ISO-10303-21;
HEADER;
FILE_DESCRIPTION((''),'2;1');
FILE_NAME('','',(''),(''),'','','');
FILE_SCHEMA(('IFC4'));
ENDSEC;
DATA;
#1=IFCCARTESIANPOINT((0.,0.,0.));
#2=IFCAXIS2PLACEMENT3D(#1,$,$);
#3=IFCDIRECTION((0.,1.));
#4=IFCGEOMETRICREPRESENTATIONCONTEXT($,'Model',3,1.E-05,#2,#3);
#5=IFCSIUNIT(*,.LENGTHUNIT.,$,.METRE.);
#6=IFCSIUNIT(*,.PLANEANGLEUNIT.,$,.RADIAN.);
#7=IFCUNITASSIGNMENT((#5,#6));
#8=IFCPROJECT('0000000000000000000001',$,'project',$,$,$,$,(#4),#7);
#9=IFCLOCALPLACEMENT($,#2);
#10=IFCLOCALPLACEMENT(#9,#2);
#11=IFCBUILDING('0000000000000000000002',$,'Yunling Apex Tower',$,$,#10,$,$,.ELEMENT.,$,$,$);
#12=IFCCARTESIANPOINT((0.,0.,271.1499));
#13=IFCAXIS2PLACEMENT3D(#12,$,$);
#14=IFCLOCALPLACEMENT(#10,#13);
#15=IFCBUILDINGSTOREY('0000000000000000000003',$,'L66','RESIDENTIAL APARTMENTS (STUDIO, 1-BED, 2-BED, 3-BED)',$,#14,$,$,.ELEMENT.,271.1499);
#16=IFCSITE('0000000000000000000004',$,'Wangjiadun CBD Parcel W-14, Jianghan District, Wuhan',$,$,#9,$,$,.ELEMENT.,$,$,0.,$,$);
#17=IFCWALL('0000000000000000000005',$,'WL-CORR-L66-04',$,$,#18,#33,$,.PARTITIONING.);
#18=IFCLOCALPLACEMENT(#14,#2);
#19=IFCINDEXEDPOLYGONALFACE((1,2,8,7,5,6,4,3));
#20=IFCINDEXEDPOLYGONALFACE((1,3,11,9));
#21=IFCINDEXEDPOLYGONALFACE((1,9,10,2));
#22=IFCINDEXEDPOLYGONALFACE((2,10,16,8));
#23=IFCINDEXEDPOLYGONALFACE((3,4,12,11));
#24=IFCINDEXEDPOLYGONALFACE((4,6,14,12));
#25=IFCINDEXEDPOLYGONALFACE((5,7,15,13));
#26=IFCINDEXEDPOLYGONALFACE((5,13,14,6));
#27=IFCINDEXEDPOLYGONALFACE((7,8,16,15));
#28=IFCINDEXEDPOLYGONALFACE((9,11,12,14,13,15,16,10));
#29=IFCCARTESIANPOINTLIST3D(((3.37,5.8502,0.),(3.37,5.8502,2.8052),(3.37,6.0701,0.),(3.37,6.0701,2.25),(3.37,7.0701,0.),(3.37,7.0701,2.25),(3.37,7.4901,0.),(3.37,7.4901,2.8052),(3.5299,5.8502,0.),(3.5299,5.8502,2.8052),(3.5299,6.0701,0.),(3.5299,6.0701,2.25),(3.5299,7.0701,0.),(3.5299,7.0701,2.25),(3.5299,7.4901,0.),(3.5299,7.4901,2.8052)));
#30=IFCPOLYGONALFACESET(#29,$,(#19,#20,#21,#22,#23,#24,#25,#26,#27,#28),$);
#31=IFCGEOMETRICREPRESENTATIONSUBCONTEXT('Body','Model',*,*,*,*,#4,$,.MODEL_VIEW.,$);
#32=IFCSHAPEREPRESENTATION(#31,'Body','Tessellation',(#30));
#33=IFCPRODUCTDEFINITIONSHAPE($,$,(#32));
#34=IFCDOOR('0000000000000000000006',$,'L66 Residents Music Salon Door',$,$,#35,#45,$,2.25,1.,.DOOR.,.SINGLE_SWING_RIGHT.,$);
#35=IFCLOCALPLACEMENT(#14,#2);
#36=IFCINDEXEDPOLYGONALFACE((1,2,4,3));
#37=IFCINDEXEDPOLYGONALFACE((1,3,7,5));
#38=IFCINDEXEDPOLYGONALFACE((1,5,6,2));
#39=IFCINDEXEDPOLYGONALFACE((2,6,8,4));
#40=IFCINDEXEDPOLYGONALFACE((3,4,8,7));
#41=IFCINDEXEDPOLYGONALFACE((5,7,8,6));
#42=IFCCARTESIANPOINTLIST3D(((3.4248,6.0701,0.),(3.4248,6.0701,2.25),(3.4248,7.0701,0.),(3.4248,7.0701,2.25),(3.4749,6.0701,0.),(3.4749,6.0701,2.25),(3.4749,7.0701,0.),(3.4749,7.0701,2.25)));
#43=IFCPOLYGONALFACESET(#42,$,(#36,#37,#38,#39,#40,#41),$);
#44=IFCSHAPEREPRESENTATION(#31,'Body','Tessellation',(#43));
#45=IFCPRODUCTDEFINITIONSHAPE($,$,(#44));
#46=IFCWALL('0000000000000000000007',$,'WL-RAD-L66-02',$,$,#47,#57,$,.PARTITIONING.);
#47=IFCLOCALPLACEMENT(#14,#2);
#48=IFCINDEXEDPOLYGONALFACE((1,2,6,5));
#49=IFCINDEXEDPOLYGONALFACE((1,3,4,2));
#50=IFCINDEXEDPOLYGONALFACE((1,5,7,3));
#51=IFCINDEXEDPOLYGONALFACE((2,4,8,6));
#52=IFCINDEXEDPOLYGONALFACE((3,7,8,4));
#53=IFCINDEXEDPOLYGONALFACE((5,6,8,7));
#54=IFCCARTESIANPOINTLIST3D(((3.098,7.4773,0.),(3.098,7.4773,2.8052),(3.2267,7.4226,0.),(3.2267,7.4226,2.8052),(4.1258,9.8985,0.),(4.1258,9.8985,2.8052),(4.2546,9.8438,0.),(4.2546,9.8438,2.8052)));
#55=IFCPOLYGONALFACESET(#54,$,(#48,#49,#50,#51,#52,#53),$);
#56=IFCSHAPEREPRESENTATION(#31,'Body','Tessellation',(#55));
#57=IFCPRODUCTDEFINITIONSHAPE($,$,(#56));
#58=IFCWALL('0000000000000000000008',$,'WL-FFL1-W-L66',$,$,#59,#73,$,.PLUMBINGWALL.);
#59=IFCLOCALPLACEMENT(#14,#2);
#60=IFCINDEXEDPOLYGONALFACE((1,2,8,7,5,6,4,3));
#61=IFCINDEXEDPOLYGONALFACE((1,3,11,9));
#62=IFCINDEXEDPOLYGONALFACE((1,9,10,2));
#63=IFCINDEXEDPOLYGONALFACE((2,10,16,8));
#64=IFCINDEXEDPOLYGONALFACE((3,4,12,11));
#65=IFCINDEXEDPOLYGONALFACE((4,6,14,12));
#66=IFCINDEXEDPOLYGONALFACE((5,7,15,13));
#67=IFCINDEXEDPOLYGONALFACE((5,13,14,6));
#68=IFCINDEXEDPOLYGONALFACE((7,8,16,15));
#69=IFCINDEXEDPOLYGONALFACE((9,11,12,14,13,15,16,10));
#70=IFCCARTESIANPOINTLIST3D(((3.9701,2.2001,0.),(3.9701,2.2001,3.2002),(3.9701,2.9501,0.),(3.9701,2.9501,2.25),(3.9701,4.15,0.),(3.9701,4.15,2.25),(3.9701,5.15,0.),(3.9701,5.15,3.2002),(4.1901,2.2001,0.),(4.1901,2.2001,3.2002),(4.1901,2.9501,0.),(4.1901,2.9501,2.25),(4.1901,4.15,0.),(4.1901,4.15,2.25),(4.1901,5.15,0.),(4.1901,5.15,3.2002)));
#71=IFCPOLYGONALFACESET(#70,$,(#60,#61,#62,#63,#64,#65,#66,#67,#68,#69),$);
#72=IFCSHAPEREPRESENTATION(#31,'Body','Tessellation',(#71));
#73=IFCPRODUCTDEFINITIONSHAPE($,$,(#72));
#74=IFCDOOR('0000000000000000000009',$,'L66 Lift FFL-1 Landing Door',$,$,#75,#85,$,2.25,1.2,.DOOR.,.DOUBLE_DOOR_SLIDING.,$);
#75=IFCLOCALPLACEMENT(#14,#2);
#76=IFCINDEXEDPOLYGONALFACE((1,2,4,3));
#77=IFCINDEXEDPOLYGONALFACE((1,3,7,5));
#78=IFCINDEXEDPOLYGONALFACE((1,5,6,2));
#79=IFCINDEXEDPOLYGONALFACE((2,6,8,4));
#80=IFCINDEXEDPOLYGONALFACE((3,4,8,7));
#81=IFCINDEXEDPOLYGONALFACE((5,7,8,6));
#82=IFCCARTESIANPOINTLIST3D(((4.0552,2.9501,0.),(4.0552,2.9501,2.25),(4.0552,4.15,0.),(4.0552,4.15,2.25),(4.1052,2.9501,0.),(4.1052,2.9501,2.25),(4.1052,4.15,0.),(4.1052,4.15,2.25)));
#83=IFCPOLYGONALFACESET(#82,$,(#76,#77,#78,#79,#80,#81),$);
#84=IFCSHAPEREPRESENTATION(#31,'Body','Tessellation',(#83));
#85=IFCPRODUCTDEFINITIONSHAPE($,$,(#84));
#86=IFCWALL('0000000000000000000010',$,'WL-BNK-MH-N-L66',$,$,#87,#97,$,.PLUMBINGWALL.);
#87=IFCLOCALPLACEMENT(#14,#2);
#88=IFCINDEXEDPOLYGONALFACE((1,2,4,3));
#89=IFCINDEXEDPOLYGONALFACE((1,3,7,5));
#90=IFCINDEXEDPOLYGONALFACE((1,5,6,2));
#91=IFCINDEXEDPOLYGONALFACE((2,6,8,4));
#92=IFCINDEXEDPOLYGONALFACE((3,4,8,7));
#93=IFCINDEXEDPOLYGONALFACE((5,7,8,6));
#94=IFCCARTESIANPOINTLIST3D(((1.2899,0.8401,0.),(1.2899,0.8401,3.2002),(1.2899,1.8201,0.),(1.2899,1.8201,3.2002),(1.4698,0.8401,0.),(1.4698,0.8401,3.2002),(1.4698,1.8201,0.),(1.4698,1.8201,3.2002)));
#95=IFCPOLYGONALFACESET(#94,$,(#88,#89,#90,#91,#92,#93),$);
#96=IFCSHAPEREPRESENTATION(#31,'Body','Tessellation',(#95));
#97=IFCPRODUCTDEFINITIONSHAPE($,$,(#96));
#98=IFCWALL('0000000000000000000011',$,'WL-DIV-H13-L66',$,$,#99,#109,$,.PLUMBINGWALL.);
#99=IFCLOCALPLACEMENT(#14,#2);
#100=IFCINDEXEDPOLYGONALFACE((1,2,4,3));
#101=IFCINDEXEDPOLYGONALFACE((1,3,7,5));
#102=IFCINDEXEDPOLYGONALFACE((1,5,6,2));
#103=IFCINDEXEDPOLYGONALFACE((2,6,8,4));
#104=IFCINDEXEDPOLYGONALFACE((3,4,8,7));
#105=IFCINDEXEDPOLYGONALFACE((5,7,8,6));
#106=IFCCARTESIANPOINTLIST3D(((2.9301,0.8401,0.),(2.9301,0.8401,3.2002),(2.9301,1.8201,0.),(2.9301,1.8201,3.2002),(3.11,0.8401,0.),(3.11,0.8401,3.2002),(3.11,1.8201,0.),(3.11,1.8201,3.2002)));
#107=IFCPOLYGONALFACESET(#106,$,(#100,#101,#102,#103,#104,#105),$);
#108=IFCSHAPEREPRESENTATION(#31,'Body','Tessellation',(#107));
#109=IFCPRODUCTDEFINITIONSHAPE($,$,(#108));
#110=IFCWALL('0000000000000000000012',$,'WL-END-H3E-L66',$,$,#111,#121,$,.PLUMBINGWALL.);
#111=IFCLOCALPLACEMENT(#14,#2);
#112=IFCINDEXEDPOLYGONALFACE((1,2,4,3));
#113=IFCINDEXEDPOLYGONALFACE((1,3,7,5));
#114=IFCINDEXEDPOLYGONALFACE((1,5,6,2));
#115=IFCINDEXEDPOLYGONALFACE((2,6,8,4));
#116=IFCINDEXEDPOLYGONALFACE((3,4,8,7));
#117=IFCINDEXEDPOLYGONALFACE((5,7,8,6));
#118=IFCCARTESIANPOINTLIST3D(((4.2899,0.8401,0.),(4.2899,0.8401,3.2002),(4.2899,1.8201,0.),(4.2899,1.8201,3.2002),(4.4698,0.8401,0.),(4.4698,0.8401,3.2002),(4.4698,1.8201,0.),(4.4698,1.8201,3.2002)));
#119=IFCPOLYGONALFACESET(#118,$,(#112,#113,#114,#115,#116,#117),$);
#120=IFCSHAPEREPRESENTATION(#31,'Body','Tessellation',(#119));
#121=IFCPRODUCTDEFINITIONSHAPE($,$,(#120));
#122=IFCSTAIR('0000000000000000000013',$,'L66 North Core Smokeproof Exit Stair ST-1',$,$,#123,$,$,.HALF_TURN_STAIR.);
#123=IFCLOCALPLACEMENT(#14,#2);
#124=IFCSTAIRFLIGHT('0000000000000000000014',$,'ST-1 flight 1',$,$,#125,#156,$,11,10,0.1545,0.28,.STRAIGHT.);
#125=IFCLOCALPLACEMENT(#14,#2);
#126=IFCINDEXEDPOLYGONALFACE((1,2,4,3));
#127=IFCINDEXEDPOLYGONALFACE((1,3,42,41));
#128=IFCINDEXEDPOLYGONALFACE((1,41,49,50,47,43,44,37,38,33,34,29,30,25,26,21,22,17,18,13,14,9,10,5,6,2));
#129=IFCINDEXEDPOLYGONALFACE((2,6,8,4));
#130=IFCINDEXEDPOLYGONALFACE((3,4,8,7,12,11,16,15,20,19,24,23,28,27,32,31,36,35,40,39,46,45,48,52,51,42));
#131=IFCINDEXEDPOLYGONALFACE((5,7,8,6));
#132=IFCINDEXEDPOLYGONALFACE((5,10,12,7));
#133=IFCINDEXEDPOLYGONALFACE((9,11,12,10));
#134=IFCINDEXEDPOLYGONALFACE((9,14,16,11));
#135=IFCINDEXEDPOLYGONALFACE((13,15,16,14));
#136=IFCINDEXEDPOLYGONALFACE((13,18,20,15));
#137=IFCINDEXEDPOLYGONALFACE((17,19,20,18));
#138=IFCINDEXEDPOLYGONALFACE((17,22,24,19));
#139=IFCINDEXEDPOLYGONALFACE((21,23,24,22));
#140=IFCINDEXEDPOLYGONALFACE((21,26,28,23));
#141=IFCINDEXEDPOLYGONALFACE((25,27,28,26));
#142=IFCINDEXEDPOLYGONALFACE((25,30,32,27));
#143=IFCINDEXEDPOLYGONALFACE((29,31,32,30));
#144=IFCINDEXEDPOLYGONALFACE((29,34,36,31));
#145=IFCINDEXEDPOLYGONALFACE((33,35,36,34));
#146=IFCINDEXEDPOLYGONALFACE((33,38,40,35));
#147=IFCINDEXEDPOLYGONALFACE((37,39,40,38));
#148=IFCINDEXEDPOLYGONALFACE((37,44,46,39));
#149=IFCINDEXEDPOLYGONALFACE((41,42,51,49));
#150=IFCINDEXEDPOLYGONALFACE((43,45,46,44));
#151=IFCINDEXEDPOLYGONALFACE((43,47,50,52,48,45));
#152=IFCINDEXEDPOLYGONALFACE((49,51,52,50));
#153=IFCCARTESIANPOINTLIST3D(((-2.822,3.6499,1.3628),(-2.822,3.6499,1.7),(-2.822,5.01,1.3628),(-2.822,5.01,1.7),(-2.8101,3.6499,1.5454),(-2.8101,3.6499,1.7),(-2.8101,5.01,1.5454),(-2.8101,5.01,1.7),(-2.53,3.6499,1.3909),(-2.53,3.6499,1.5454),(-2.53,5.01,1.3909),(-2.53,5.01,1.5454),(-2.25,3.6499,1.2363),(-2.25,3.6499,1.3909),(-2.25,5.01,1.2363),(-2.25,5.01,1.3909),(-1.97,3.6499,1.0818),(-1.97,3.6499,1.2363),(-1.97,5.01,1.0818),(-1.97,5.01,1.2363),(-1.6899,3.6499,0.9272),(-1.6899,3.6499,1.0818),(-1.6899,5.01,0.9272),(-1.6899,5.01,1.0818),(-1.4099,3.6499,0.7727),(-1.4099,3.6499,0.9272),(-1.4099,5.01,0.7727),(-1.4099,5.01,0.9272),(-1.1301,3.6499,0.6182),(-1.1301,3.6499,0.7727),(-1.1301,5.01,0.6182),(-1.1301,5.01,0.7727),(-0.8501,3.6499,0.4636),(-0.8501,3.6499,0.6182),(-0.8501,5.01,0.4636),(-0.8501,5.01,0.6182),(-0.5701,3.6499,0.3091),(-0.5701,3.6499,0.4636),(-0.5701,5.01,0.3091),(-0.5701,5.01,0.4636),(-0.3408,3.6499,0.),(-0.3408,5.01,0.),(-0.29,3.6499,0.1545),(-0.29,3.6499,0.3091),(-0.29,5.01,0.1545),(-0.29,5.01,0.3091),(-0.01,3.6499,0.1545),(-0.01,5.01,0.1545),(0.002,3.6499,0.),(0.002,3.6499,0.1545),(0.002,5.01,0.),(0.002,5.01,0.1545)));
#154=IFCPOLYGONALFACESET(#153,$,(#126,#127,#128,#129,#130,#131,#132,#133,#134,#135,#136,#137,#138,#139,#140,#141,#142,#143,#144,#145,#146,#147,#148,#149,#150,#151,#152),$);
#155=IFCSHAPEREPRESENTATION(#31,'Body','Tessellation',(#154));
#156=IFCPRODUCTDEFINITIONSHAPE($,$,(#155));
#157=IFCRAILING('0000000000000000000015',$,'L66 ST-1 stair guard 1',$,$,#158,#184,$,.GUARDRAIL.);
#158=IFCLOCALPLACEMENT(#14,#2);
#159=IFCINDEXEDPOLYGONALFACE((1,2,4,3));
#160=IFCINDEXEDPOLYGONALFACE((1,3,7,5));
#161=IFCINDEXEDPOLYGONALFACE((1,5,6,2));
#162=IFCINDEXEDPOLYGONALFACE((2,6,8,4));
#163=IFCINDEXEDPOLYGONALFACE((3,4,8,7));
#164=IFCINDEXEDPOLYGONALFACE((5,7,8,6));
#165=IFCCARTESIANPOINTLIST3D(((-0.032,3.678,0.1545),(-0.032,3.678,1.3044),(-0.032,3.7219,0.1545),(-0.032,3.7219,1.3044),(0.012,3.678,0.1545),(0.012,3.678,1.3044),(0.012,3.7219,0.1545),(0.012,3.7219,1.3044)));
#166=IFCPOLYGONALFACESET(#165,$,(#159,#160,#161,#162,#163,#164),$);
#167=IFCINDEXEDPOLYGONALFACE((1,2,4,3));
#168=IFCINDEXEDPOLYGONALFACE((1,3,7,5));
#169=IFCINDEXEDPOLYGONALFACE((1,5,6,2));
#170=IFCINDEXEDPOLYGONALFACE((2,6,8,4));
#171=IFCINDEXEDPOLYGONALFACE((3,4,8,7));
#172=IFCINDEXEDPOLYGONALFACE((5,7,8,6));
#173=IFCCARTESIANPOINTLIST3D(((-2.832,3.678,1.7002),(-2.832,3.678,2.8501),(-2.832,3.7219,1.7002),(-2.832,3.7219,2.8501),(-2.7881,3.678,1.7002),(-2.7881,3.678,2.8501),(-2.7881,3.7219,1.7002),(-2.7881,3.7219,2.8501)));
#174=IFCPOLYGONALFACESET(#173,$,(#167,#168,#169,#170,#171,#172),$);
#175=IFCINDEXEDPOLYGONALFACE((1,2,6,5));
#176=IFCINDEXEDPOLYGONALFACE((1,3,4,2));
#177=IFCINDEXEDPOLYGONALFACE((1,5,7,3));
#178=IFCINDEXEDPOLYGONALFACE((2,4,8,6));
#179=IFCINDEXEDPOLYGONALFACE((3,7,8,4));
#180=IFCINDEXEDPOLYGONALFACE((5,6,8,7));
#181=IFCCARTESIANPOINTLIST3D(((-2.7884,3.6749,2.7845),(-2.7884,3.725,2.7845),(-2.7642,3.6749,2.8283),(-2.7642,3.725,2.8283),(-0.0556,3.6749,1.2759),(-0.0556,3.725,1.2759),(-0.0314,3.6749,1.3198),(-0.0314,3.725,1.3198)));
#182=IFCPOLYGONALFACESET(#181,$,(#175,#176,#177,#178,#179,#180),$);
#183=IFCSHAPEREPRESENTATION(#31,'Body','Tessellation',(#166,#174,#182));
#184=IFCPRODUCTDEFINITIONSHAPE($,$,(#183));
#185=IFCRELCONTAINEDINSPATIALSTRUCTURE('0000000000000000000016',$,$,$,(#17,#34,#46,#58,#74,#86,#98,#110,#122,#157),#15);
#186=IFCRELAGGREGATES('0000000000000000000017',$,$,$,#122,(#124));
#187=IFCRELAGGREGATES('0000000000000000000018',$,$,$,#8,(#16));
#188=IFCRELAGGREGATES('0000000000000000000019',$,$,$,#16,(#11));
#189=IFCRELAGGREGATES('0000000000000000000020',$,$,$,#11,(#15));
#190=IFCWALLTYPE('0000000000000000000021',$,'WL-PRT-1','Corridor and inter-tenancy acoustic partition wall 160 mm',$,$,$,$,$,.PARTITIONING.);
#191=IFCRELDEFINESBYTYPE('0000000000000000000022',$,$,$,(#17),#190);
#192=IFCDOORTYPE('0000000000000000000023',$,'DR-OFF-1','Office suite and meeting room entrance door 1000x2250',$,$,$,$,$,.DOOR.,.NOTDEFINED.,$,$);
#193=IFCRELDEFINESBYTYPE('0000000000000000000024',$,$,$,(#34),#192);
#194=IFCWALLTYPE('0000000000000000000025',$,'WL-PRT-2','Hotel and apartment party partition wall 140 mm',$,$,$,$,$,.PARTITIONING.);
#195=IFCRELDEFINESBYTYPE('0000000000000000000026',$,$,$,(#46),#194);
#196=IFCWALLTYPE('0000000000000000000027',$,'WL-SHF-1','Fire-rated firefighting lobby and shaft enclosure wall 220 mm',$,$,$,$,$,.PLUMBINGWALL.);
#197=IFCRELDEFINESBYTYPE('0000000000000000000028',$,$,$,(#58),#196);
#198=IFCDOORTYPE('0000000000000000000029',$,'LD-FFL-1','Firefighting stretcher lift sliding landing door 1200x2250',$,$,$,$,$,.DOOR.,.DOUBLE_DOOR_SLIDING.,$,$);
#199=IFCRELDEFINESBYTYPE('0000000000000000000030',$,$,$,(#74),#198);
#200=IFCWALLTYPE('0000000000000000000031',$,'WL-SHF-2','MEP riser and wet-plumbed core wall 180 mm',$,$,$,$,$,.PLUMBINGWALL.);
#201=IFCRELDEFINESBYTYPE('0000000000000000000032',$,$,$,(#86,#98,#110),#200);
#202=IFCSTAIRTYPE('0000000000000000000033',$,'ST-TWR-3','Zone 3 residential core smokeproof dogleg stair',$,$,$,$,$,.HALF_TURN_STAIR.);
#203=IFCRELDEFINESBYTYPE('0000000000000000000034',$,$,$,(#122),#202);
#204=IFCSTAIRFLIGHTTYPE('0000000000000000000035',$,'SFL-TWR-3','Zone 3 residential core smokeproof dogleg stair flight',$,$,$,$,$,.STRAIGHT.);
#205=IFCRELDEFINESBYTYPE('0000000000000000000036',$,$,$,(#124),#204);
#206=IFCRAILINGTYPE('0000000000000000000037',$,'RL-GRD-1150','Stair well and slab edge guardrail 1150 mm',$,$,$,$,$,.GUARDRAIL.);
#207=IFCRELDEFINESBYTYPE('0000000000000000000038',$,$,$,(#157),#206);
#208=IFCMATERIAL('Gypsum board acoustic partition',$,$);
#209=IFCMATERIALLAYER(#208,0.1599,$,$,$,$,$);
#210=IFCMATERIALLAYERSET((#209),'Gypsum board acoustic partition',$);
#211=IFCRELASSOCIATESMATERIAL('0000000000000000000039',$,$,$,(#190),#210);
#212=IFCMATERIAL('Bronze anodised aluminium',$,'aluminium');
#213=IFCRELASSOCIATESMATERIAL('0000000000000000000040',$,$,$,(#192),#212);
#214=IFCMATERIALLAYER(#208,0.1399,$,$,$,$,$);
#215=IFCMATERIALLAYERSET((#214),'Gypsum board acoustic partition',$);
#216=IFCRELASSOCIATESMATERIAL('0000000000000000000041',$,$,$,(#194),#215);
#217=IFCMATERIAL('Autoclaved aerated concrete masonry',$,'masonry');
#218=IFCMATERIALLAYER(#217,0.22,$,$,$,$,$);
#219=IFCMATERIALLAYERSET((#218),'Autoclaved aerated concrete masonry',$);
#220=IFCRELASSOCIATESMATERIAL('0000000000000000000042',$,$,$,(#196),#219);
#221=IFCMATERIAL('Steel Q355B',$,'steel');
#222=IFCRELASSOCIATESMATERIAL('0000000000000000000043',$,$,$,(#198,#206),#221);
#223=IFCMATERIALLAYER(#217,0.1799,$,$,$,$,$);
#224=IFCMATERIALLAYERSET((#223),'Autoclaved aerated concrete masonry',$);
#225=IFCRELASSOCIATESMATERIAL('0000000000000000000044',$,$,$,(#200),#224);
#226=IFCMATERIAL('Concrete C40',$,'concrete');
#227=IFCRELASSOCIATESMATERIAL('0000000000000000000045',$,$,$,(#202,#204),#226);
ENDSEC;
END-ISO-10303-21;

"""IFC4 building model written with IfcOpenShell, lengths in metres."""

from ifc_helpers import new_model, si_unit, direction, frame, frame_2d, origin, origin_2d, place, context, subcontext, project, spatial, polyline, rectangle, outline, extrude, material, layer, layer_set, type_object, element, fill, aggregate, save


model = new_model("IFC4")

# Units and contexts
model_context = context("Model", 3, precision=1e-05, world=origin(), true_north=direction((0.0, 1.0)))
body_context = subcontext(model_context, "Body", "Model", "MODEL_VIEW")
ifc_project = project(units=[si_unit("LENGTHUNIT", "METRE"), si_unit("PLANEANGLEUNIT", "RADIAN")], contexts=[model_context])

# Site, building, storey
site_placement = place(None, origin())
site = spatial("IfcSite", under=ifc_project, at=site_placement, Name="Wangjiadun CBD Parcel W-14, Jianghan District, Wuhan", CompositionType="ELEMENT", RefElevation=0.0)
building_placement = place(site_placement, origin())
building = spatial("IfcBuilding", under=site, at=building_placement, Name="Yunling Apex Tower", CompositionType="ELEMENT")
storey_placement = place(building_placement, frame((0.0, 0.0, 271.1499)))
storey = spatial("IfcBuildingStorey", under=building, at=storey_placement, Name="L66", Description="RESIDENTIAL APARTMENTS (STUDIO, 1-BED, 2-BED, 3-BED)", CompositionType="ELEMENT", Elevation=271.1499)

# Shared definitions
ifc_material_1 = material(Name="Steel Q355B", Category="steel")

# Shared definitions
ifc_material_2 = material(Name="Bronze anodised aluminium", Category="aluminium")

# Shared definitions
ifc_material_3 = material(Name="Concrete C40", Category="concrete")

# Wall, opening, door
ifc_material_4 = material(Name="Gypsum board acoustic partition")
ifc_layer_1 = layer(ifc_material_4, 0.1599)
ifc_layer_set_1 = layer_set([ifc_layer_1], Name="Gypsum board acoustic partition")
wall_type_1 = type_object("IfcWallType", Name="WL-PRT-1", Description="Corridor and inter-tenancy acoustic partition wall 160 mm", PredefinedType="PARTITIONING", material=ifc_layer_set_1)
wall_1_placement = place(storey_placement, frame((3.45, 7.49, 0.0), z_axis=(0.0, 0.0, 1.0), x_axis=(0.0, -1.0, 0.0)))
wall_1 = element("IfcWall", 1, at=wall_1_placement, inside=storey, type_object=wall_type_1, Name="WL-CORR-L66-04", PredefinedType="PARTITIONING", context=body_context, shape_type="SweptSolid", body=[
    extrude(rectangle(XDim=1.6399, YDim=0.1599, at=frame_2d((0.8198, 0.0))), origin(), (0.0, 0.0, 1.0), 2.8052),
])
opening_1_placement = place(wall_1_placement, frame((0.4199, 0.0, 0.0)))
opening_1 = element("IfcOpeningElement", 2, at=opening_1_placement, cuts=wall_1, PredefinedType="OPENING", context=body_context, shape_type="SweptSolid", body=[
    extrude(rectangle(XDim=1.0, YDim=2.25, at=frame_2d((0.5, 1.125))), frame((0.0, 0.0898, 0.0), z_axis=(0.0, -1.0, 0.0), x_axis=(1.0, 0.0, 0.0)), (0.0, 0.0, 1.0), 0.1799),
])
door_type_1 = type_object("IfcDoorType", Name="DR-OFF-1", Description="Office suite and meeting room entrance door 1000x2250", OperationType="NOTDEFINED", PredefinedType="DOOR", material=ifc_material_2)
door_1_placement = place(opening_1_placement, origin())
door_1 = element("IfcDoor", 3, at=door_1_placement, inside=storey, type_object=door_type_1, Name="L66 Residents Music Salon Door", OperationType="SINGLE_SWING_RIGHT", OverallHeight=2.25, OverallWidth=1.0, PredefinedType="DOOR", context=body_context, shape_type="SweptSolid", body=[
    extrude(rectangle(XDim=1.0, YDim=2.25, at=frame_2d((0.5, 1.125))), frame((0.0, 0.0249, 0.0), z_axis=(0.0, -1.0, 0.0), x_axis=(1.0, 0.0, 0.0)), (0.0, 0.0, 1.0), 0.05),
])
fill(opening_1, door_1)

# Wall
ifc_layer_2 = layer(ifc_material_4, 0.1399)
ifc_layer_set_2 = layer_set([ifc_layer_2], Name="Gypsum board acoustic partition")
wall_type_2 = type_object("IfcWallType", Name="WL-PRT-2", Description="Hotel and apartment party partition wall 140 mm", PredefinedType="PARTITIONING", material=ifc_layer_set_2)
wall_2_placement = place(storey_placement, frame((3.1624, 7.45, 0.0), z_axis=(0.0, 0.0, 1.0), x_axis=(0.390769, 0.920489, 0.0)))
element("IfcWall", 4, at=wall_2_placement, inside=storey, type_object=wall_type_2, Name="WL-RAD-L66-02", PredefinedType="PARTITIONING", context=body_context, shape_type="SweptSolid", body=[
    extrude(rectangle(XDim=2.6304, YDim=0.1399, at=frame_2d((1.3152, 0.0))), origin(), (0.0, 0.0, 1.0), 2.8052),
])

# Wall, opening, door
ifc_material_5 = material(Name="Autoclaved aerated concrete masonry", Category="masonry")
ifc_layer_3 = layer(ifc_material_5, 0.22)
ifc_layer_set_3 = layer_set([ifc_layer_3], Name="Autoclaved aerated concrete masonry")
wall_type_3 = type_object("IfcWallType", Name="WL-SHF-1", Description="Fire-rated firefighting lobby and shaft enclosure wall 220 mm", PredefinedType="PLUMBINGWALL", material=ifc_layer_set_3)
wall_3_placement = place(storey_placement, frame((4.0801, 2.2, 0.0), z_axis=(0.0, 0.0, 1.0), x_axis=(0.0, 1.0, 0.0)))
wall_3 = element("IfcWall", 5, at=wall_3_placement, inside=storey, type_object=wall_type_3, Name="WL-FFL1-W-L66", PredefinedType="PLUMBINGWALL", context=body_context, shape_type="SweptSolid", body=[
    extrude(rectangle(XDim=2.95, YDim=0.22, at=frame_2d((1.4751, 0.0))), origin(), (0.0, 0.0, 1.0), 3.2002),
])
opening_2_placement = place(wall_3_placement, frame((0.75, 0.0, 0.0)))
opening_2 = element("IfcOpeningElement", 6, at=opening_2_placement, cuts=wall_3, PredefinedType="OPENING", context=body_context, shape_type="SweptSolid", body=[
    extrude(rectangle(XDim=1.2, YDim=2.25, at=frame_2d((0.6001, 1.125))), frame((0.0, 0.1201, 0.0), z_axis=(0.0, -1.0, 0.0), x_axis=(1.0, 0.0, 0.0)), (0.0, 0.0, 1.0), 0.24),
])
door_type_2 = type_object("IfcDoorType", Name="LD-FFL-1", Description="Firefighting stretcher lift sliding landing door 1200x2250", OperationType="DOUBLE_DOOR_SLIDING", PredefinedType="DOOR", material=ifc_material_1)
door_2_placement = place(opening_2_placement, origin())
door_2 = element("IfcDoor", 7, at=door_2_placement, inside=storey, type_object=door_type_2, Name="L66 Lift FFL-1 Landing Door", OperationType="DOUBLE_DOOR_SLIDING", OverallHeight=2.25, OverallWidth=1.2, PredefinedType="DOOR", context=body_context, shape_type="SweptSolid", body=[
    extrude(rectangle(XDim=1.2, YDim=2.25, at=frame_2d((0.6001, 1.125))), frame((0.0, 0.0249, 0.0), z_axis=(0.0, -1.0, 0.0), x_axis=(1.0, 0.0, 0.0)), (0.0, 0.0, 1.0), 0.05),
])
fill(opening_2, door_2)

# Walls
ifc_layer_4 = layer(ifc_material_5, 0.1799)
ifc_layer_set_4 = layer_set([ifc_layer_4], Name="Autoclaved aerated concrete masonry")
wall_type_4 = type_object("IfcWallType", Name="WL-SHF-2", Description="MEP riser and wet-plumbed core wall 180 mm", PredefinedType="PLUMBINGWALL", material=ifc_layer_set_4)
for number, where, z_axis, x_axis, name in (
    (8, (1.3799, 0.8401, 0.0), (0.0, 0.0, 1.0), (0.0, 1.0, 0.0), "WL-BNK-MH-N-L66"),
    (9, (3.02, 0.8401, 0.0), (0.0, 0.0, 1.0), (0.0, 1.0, 0.0), "WL-DIV-H13-L66"),
    (10, (4.3799, 0.8401, 0.0), (0.0, 0.0, 1.0), (0.0, 1.0, 0.0), "WL-END-H3E-L66"),
):
    element("IfcWall", number, at=place(storey_placement, frame(where, z_axis=z_axis, x_axis=x_axis)), inside=storey, type_object=wall_type_4, Name=name, PredefinedType="PLUMBINGWALL", context=body_context, shape_type="SweptSolid", body=[
        extrude(rectangle(XDim=0.98, YDim=0.1799, at=frame_2d((0.49, 0.0))), origin(), (0.0, 0.0, 1.0), 3.2002),
    ])

# Stair, stair flight
stair_type = type_object("IfcStairType", Name="ST-TWR-3", Description="Zone 3 residential core smokeproof dogleg stair", PredefinedType="HALF_TURN_STAIR", material=ifc_material_3)
stair_placement = place(storey_placement, origin())
stair = element("IfcStair", 11, at=stair_placement, inside=storey, type_object=stair_type, Name="L66 North Core Smokeproof Exit Stair ST-1", PredefinedType="HALF_TURN_STAIR")
stair_flight_type = type_object("IfcStairFlightType", Name="SFL-TWR-3", Description="Zone 3 residential core smokeproof dogleg stair flight", PredefinedType="STRAIGHT", material=ifc_material_3)
stair_flight_placement = place(storey_placement, frame((-0.01, 4.3301, 0.0), z_axis=(0.0, 0.0, 1.0), x_axis=(-1.0, 0.0, 0.0)))
stair_flight = element("IfcStairFlight", 12, at=stair_flight_placement, type_object=stair_flight_type, Name="ST-1 flight 1", NumberOfRisers=11, NumberOfTreads=10, PredefinedType="STRAIGHT", RiserHeight=0.1545, TreadLength=0.28, context=body_context, shape_type="SweptSolid", body=[
    extrude(outline(polyline([(-0.012, 0.0), (-0.012, 0.1545), (0.0, 0.1545), (0.28, 0.1545), (0.28, 0.3091), (0.5601, 0.3091), (0.5601, 0.4636), (0.8401, 0.4636), (0.8401, 0.6182), (1.1201, 0.6182), (1.1201, 0.7727), (1.3999, 0.7727), (1.3999, 0.9272), (1.6799, 0.9272), (1.6799, 1.0818), (1.96, 1.0818), (1.96, 1.2363), (2.24, 1.2363), (2.24, 1.3909), (2.52, 1.3909), (2.52, 1.5454), (2.8, 1.5454), (2.8, 1.7), (2.812, 1.7), (2.812, 1.3628), (0.3308, 0.0), (-0.012, 0.0)])), frame((0.0, 0.6802, 0.0), z_axis=(0.0, -1.0, 0.0), x_axis=(1.0, 0.0, 0.0)), (0.0, 0.0, 1.0), 1.3601),
])
aggregate(stair, [stair_flight])

# Railing
railing_type_1 = type_object("IfcRailingType", Name="RL-GRD-1150", Description="Stair well and slab edge guardrail 1150 mm", PredefinedType="GUARDRAIL", material=ifc_material_1)
railing_1_placement = place(storey_placement, frame((-0.01, 3.7, 0.1545)))
element("IfcRailing", 13, at=railing_1_placement, inside=storey, type_object=railing_type_1, Name="L66 ST-1 stair guard 1", PredefinedType="GUARDRAIL", context=body_context, shape_type="SweptSolid", body=[
    extrude(rectangle(XDim=0.0439, YDim=0.0439, at=origin_2d()), origin(), (0.0, 0.0, 1.0), 1.1499),
    extrude(rectangle(XDim=0.0439, YDim=0.0439, at=origin_2d()), frame((-2.8, 0.0, 1.5457)), (0.0, 0.0, 1.0), 1.1499),
    extrude(rectangle(XDim=0.05, YDim=0.05, at=origin_2d()), frame((-0.0334, 0.0, 1.1433), z_axis=(-0.875472, 0.0, 0.483269), x_axis=(0.0, -1.0, 0.0)), (0.0, 0.0, 1.0), 3.1216),
])

save(model, "model.ifc")
